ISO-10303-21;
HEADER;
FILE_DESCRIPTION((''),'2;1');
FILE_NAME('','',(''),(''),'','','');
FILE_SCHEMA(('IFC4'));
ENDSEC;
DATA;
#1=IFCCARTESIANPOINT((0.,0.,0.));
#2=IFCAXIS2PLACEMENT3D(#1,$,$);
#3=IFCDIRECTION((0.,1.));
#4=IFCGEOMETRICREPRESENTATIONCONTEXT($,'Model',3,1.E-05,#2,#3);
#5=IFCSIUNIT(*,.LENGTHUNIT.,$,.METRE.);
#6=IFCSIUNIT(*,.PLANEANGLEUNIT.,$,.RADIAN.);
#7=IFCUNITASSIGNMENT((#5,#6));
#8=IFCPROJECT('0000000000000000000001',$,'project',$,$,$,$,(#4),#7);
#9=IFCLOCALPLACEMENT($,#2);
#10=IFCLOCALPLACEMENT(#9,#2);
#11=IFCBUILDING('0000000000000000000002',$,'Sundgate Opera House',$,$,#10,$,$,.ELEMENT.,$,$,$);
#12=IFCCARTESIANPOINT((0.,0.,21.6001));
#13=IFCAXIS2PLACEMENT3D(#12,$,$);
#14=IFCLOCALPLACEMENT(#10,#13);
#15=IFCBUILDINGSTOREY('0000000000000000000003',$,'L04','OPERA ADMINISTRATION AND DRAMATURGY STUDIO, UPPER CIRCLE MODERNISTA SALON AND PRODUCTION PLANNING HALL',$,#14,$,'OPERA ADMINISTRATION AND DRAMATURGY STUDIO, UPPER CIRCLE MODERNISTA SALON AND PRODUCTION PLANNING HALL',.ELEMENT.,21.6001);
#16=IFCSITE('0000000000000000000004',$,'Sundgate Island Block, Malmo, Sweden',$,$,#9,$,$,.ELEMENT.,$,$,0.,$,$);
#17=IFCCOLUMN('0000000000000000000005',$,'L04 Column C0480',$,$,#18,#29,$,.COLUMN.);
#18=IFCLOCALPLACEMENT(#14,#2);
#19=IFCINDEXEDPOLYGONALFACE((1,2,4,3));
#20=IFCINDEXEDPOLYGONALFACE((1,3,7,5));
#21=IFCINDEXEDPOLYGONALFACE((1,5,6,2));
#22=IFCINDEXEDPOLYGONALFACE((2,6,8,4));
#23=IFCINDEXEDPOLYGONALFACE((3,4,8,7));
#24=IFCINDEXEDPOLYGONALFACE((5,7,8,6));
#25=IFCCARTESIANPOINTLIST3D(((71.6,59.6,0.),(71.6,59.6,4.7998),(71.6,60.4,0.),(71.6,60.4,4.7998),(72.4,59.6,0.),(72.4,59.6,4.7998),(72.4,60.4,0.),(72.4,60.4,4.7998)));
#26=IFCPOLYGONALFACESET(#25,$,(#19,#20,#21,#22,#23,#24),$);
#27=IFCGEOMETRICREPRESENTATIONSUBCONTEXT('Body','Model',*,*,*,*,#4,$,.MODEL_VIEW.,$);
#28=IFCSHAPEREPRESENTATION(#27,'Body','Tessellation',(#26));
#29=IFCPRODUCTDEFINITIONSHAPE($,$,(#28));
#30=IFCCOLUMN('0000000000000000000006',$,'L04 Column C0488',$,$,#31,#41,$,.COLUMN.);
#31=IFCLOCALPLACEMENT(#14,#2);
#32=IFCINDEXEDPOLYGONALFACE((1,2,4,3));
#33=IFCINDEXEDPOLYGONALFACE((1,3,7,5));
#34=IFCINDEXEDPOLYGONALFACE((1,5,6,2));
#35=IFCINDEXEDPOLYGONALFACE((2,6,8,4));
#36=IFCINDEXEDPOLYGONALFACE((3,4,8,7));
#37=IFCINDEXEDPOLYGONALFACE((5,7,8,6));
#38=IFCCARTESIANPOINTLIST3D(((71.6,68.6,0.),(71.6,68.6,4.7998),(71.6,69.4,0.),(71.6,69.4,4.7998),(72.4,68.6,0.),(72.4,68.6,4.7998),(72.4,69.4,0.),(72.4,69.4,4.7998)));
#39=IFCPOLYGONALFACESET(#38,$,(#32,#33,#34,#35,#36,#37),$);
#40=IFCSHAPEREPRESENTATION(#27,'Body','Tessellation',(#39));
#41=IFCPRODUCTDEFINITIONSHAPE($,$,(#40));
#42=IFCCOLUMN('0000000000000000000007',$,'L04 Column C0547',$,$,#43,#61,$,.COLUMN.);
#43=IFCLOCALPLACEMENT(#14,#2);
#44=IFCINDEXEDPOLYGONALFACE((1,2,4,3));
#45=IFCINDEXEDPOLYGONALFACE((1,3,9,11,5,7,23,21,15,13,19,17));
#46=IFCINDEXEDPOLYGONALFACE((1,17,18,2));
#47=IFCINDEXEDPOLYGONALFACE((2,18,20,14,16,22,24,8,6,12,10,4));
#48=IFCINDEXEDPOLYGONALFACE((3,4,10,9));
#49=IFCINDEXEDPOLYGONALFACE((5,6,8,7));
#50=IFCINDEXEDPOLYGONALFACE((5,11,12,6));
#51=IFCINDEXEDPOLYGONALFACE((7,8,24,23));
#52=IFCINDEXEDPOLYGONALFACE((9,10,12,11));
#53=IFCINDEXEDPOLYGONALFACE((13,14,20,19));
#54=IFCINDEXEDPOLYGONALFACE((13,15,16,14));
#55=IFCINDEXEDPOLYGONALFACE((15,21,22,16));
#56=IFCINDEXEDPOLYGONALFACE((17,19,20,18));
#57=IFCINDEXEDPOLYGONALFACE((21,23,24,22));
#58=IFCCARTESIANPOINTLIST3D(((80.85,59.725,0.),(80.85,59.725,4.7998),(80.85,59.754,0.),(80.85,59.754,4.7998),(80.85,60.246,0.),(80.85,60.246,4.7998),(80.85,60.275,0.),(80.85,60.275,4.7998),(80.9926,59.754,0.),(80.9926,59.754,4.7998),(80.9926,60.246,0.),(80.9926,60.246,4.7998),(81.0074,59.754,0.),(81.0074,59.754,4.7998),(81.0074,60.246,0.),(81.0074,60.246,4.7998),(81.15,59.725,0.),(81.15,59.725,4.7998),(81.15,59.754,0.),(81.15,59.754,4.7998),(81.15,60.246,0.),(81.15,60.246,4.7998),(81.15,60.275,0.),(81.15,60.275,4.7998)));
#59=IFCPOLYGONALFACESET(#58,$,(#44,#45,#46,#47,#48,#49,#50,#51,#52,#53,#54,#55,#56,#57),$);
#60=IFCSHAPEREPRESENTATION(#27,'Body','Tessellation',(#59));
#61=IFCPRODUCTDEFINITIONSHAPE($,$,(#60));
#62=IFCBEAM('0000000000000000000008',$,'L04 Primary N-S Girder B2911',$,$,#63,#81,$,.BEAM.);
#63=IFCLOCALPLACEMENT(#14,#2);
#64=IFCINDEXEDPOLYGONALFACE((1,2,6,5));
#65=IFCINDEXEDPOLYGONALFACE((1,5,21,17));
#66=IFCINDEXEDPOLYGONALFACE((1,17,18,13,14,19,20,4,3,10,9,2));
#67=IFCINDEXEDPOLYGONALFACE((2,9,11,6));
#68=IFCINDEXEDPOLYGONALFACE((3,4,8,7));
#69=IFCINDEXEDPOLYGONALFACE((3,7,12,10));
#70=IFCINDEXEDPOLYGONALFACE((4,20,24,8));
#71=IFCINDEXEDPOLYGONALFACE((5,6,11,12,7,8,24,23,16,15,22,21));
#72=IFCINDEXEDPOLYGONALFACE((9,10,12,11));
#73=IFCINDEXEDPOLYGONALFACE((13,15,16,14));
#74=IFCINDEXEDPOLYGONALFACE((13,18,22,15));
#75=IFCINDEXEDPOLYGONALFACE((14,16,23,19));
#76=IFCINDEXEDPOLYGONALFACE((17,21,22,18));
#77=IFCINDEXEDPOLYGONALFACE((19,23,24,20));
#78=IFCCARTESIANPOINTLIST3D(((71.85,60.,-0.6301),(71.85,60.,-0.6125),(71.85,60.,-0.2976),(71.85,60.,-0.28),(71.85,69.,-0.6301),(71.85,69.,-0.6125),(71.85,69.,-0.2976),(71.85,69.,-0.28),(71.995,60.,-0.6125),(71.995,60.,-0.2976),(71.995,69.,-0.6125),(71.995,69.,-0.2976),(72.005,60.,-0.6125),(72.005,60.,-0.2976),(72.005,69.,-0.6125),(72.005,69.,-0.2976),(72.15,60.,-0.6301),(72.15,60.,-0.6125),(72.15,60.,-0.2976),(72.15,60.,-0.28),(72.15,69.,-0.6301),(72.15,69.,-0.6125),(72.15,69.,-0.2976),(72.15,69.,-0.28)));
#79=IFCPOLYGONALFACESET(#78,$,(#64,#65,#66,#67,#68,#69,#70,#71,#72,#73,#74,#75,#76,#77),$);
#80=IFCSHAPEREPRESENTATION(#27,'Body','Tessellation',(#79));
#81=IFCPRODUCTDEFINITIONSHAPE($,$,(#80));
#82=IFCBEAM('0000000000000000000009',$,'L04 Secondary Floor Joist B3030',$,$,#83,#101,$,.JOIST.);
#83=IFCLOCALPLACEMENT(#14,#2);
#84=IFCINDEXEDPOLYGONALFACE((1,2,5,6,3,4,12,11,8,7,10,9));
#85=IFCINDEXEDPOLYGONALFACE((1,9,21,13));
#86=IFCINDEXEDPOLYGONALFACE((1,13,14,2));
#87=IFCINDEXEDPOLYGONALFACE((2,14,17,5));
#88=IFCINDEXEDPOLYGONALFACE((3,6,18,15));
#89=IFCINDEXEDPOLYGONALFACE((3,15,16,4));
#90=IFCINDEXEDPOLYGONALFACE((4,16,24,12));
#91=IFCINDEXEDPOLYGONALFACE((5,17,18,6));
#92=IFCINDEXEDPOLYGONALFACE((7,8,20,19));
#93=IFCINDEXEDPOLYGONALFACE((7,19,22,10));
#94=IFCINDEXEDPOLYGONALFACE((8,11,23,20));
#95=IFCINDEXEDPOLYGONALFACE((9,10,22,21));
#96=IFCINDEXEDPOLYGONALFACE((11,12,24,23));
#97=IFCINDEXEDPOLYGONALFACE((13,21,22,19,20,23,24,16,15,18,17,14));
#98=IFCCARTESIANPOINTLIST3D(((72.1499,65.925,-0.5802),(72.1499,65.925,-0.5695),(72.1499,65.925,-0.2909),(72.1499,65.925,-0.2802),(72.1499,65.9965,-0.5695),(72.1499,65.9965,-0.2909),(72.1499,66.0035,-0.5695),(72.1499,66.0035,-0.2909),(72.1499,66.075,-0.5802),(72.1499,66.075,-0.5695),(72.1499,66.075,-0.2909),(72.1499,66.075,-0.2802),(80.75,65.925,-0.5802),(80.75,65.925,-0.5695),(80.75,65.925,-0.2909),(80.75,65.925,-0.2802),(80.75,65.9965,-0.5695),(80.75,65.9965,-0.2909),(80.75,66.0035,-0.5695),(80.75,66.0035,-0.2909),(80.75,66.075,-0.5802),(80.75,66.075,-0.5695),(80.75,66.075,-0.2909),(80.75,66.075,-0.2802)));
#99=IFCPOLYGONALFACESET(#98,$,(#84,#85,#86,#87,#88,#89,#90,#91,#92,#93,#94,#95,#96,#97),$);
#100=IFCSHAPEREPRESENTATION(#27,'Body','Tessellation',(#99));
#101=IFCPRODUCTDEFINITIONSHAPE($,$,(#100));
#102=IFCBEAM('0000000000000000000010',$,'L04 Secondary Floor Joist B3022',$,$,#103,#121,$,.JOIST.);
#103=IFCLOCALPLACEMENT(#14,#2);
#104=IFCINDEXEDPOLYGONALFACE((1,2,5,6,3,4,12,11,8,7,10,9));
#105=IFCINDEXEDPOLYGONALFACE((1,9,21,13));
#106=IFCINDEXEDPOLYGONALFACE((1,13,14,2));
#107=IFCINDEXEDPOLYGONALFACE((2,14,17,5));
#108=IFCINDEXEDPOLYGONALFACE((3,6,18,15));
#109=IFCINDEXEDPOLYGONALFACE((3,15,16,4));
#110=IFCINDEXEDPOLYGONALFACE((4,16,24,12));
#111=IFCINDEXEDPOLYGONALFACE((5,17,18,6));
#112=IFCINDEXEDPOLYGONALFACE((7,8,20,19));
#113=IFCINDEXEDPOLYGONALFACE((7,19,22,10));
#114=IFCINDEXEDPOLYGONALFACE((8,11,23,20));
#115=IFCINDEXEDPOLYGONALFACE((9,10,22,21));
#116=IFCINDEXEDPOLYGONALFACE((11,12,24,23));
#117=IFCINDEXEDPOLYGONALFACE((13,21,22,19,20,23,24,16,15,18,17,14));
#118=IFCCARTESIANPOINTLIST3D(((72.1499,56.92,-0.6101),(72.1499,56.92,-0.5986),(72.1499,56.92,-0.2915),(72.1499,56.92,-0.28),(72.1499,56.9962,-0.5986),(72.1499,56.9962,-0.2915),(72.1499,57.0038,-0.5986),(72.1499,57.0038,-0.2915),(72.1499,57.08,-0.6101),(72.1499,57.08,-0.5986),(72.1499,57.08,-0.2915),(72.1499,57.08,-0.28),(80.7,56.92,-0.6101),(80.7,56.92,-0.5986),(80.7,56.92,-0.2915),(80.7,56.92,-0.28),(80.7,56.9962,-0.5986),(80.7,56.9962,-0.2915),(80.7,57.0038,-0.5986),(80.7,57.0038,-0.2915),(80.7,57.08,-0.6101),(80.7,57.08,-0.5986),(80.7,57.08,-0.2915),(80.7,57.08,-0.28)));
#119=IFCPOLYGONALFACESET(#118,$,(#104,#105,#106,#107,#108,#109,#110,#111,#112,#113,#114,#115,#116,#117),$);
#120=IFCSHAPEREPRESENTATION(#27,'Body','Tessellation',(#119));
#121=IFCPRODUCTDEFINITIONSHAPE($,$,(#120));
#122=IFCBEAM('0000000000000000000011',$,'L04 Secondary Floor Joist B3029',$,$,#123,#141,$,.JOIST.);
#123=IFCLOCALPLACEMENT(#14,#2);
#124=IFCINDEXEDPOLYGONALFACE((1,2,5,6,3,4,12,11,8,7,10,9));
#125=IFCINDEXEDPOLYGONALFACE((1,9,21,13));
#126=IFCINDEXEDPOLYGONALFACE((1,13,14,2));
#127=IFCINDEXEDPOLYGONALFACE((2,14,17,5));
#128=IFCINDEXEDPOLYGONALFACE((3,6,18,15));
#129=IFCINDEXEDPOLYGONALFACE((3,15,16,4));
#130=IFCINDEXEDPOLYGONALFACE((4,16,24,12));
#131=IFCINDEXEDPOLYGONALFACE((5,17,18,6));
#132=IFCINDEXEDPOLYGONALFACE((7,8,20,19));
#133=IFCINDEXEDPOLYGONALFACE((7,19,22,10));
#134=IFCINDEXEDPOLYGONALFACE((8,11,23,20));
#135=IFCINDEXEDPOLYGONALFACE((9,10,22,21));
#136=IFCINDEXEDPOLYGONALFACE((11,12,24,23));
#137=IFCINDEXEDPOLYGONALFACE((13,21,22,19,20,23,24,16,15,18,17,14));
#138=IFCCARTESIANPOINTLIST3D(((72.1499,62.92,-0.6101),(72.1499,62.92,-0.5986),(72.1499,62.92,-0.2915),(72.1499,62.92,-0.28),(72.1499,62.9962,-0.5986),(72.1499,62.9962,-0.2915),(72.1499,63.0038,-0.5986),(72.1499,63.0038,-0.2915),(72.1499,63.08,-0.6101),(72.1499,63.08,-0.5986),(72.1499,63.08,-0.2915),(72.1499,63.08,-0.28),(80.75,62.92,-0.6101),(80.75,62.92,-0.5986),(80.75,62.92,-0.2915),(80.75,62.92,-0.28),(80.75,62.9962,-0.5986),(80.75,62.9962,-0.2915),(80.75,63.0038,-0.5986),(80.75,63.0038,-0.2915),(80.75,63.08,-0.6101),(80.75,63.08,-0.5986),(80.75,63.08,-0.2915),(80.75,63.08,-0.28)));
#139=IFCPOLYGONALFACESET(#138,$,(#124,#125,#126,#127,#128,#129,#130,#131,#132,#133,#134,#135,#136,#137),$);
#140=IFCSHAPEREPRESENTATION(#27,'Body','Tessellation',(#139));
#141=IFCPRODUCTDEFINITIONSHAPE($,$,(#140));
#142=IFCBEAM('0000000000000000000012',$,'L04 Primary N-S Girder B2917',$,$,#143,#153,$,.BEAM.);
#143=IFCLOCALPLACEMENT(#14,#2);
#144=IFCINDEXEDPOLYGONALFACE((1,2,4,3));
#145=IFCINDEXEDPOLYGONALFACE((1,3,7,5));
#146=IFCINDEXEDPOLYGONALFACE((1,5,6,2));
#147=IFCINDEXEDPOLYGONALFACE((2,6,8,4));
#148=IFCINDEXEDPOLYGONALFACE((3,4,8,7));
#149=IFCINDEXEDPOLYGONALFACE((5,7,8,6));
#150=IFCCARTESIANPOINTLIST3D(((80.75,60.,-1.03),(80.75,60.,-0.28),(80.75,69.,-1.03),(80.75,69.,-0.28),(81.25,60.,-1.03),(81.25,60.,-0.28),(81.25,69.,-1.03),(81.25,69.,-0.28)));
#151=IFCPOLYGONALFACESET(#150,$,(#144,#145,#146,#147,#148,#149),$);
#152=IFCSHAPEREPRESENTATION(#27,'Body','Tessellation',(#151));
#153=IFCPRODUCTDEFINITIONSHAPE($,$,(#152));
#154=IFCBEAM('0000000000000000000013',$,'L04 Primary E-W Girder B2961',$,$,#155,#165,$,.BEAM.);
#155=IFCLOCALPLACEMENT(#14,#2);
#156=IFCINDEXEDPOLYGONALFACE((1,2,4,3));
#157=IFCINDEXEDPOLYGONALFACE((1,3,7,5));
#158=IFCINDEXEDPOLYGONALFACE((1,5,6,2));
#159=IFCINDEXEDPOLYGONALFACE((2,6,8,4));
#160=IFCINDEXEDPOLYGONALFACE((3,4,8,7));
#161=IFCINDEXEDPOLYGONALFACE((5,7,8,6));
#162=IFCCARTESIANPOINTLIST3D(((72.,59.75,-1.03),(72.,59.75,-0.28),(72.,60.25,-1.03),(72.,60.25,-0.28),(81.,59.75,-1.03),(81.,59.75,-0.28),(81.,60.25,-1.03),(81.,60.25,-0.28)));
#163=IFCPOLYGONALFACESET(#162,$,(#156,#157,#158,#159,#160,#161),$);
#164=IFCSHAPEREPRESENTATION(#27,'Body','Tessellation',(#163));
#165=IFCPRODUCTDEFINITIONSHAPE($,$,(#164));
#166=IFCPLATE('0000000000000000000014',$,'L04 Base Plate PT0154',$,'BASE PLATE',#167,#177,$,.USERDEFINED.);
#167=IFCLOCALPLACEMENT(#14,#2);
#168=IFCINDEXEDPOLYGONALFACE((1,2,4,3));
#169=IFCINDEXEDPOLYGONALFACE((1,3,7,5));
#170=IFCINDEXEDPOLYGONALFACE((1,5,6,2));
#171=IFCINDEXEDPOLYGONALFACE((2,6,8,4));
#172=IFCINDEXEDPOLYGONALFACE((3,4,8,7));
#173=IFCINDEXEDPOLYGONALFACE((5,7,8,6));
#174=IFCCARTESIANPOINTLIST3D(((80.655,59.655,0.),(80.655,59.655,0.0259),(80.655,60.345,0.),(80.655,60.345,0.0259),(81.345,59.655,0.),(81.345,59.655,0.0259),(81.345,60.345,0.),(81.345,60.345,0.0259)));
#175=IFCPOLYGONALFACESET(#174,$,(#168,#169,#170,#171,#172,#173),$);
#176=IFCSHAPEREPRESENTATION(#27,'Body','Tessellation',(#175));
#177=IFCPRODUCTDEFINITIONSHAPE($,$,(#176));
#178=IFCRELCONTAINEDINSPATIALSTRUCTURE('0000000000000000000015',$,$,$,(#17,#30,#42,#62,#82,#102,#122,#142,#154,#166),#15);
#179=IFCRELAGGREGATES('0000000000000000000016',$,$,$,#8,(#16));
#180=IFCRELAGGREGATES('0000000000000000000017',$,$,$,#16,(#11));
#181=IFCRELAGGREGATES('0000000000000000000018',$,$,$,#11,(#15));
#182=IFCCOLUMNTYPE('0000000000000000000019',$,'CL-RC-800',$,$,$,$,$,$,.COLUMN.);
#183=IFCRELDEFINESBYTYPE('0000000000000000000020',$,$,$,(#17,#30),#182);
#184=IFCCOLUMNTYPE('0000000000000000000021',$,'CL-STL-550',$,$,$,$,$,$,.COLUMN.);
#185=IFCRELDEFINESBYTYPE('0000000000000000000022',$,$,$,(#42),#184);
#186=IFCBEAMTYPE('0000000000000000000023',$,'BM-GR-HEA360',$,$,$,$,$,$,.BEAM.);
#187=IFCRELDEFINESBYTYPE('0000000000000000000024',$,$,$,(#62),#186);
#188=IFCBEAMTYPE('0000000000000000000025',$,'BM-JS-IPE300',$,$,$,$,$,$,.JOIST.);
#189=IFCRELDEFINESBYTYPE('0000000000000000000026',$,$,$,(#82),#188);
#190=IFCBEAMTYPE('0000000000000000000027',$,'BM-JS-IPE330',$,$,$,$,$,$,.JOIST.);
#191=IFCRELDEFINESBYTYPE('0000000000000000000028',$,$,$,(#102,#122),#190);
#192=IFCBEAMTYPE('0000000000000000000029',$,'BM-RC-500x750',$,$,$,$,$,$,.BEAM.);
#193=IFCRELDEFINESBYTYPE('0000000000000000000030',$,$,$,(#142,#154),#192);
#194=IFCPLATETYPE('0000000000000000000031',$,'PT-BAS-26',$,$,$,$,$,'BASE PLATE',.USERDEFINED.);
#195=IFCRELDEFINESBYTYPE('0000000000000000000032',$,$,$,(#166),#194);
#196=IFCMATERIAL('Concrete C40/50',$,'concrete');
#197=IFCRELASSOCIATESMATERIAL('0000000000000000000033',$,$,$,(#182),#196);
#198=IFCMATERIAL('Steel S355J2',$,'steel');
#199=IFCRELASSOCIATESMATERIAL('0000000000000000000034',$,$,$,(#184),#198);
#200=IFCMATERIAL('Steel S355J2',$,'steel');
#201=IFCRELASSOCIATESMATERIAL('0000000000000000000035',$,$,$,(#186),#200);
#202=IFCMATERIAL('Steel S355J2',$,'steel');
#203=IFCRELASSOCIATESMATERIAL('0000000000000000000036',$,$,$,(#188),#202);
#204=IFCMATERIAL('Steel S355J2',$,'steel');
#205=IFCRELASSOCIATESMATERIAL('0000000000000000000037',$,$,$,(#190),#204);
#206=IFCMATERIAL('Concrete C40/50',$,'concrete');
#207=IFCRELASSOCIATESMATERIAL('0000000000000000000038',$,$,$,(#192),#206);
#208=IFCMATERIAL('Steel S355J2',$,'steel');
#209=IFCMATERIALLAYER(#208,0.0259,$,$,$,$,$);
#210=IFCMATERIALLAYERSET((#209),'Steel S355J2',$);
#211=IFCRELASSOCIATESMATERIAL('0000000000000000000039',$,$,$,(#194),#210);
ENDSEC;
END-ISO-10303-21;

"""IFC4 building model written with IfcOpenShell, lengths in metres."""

from ifc_helpers import new_model, si_unit, direction, frame, origin, origin_2d, place, context, subcontext, project, spatial, rectangle, i_section, extrude, material, layer, layer_set, material_profile, profile_set, type_object, element, save


model = new_model("IFC4")

# Units and contexts
model_context = context("Model", 3, precision=1e-05, world=origin(), true_north=direction((0.0, 1.0)))
body_context = subcontext(model_context, "Body", "Model", "MODEL_VIEW")
ifc_project = project(units=[si_unit("LENGTHUNIT", "METRE"), si_unit("PLANEANGLEUNIT", "RADIAN")], contexts=[model_context])

# Site, building, storey
site_placement = place(None, origin())
site = spatial("IfcSite", under=ifc_project, at=site_placement, Name="Sundgate Island Block, Malmo, Sweden", CompositionType="ELEMENT", RefElevation=0.0)
building_placement = place(site_placement, origin())
building = spatial("IfcBuilding", under=site, at=building_placement, Name="Sundgate Opera House", CompositionType="ELEMENT")
storey_placement = place(building_placement, frame((0.0, 0.0, 21.6001)))
storey = spatial("IfcBuildingStorey", under=building, at=storey_placement, Name="L04", Description="OPERA ADMINISTRATION AND DRAMATURGY STUDIO, UPPER CIRCLE MODERNISTA SALON AND PRODUCTION PLANNING HALL", LongName="OPERA ADMINISTRATION AND DRAMATURGY STUDIO, UPPER CIRCLE MODERNISTA SALON AND PRODUCTION PLANNING HALL", CompositionType="ELEMENT", Elevation=21.6001)

# Columns
ifc_material_1 = material(Name="Concrete C40/50", Category="concrete")
ifc_material_profile_1 = material_profile(ifc_material_1, rectangle(XDim=0.8, YDim=0.8, at=origin_2d()), Name="RC 800x800")
ifc_profile_set_1 = profile_set([ifc_material_profile_1], Name="Concrete C40/50")
column_type_1 = type_object("IfcColumnType", Name="CL-RC-800", PredefinedType="COLUMN", material=ifc_profile_set_1)
for number, where, z_axis, x_axis, name in (
    (1, (72.0, 60.0, 0.0), (0.0, 0.0, 1.0), (1.0, 0.0, 0.0), "L04 Column C0480"),
    (2, (72.0, 69.0, 0.0), (0.0, 0.0, 1.0), (1.0, 0.0, 0.0), "L04 Column C0488"),
):
    element("IfcColumn", number, at=place(storey_placement, frame(where, z_axis=z_axis, x_axis=x_axis)), inside=storey, type_object=column_type_1, Name=name, PredefinedType="COLUMN", context=body_context, shape_type="SweptSolid", body=[
        extrude(rectangle(XDim=0.8, YDim=0.8, at=origin_2d()), origin(), (0.0, 0.0, 1.0), 4.7998),
    ])
ifc_material_2 = material(Name="Steel S355J2", Category="steel")
ifc_material_profile_2 = material_profile(ifc_material_2, i_section(OverallWidth=0.3, OverallDepth=0.55, WebThickness=0.0149, FlangeThickness=0.0291, at=origin_2d()), Name="HEB 550")
ifc_profile_set_2 = profile_set([ifc_material_profile_2], Name="Steel S355J2")
column_type_2 = type_object("IfcColumnType", Name="CL-STL-550", PredefinedType="COLUMN", material=ifc_profile_set_2)
column_placement = place(storey_placement, frame((81.0, 60.0, 0.0), z_axis=(0.0, 0.0, 1.0), x_axis=(1.0, 0.0, 0.0)))
element("IfcColumn", 3, at=column_placement, inside=storey, type_object=column_type_2, Name="L04 Column C0547", PredefinedType="COLUMN", context=body_context, shape_type="SweptSolid", body=[
    extrude(i_section(OverallWidth=0.3, OverallDepth=0.55, WebThickness=0.0149, FlangeThickness=0.0291, at=origin_2d()), origin(), (0.0, 0.0, 1.0), 4.7998),
])

# Beams
ifc_material_3 = material(Name="Steel S355J2", Category="steel")
ifc_material_profile_3 = material_profile(ifc_material_3, i_section(OverallWidth=0.3, OverallDepth=0.3501, WebThickness=0.01, FlangeThickness=0.0176, at=origin_2d()), Name="HEA 360")
ifc_profile_set_3 = profile_set([ifc_material_profile_3], Name="Steel S355J2")
beam_type_1 = type_object("IfcBeamType", Name="BM-GR-HEA360", PredefinedType="BEAM", material=ifc_profile_set_3)
beam_1_placement = place(storey_placement, frame((72.0, 60.0, -0.4551), z_axis=(0.0, 1.0, 0.0), x_axis=(-1.0, 0.0, 0.0)))
element("IfcBeam", 4, at=beam_1_placement, inside=storey, type_object=beam_type_1, Name="L04 Primary N-S Girder B2911", PredefinedType="BEAM", context=body_context, shape_type="SweptSolid", body=[
    extrude(i_section(OverallWidth=0.3, OverallDepth=0.3501, WebThickness=0.01, FlangeThickness=0.0176, at=origin_2d()), origin(), (0.0, 0.0, 1.0), 9.0),
])
ifc_material_4 = material(Name="Steel S355J2", Category="steel")
ifc_material_profile_4 = material_profile(ifc_material_4, i_section(OverallWidth=0.1499, OverallDepth=0.3, WebThickness=0.0071, FlangeThickness=0.0107, at=origin_2d()), Name="IPE 300")
ifc_profile_set_4 = profile_set([ifc_material_profile_4], Name="Steel S355J2")
beam_type_2 = type_object("IfcBeamType", Name="BM-JS-IPE300", PredefinedType="JOIST", material=ifc_profile_set_4)
beam_2_placement = place(storey_placement, frame((72.1499, 66.0, -0.4302), z_axis=(1.0, 0.0, 0.0), x_axis=(0.0, 1.0, 0.0)))
element("IfcBeam", 5, at=beam_2_placement, inside=storey, type_object=beam_type_2, Name="L04 Secondary Floor Joist B3030", PredefinedType="JOIST", context=body_context, shape_type="SweptSolid", body=[
    extrude(i_section(OverallWidth=0.1499, OverallDepth=0.3, WebThickness=0.0071, FlangeThickness=0.0107, at=origin_2d()), origin(), (0.0, 0.0, 1.0), 8.6001),
])
ifc_material_5 = material(Name="Steel S355J2", Category="steel")
ifc_material_profile_5 = material_profile(ifc_material_5, i_section(OverallWidth=0.1599, OverallDepth=0.3301, WebThickness=0.0076, FlangeThickness=0.0115, at=origin_2d()), Name="IPE 330")
ifc_profile_set_5 = profile_set([ifc_material_profile_5], Name="Steel S355J2")
beam_type_3 = type_object("IfcBeamType", Name="BM-JS-IPE330", PredefinedType="JOIST", material=ifc_profile_set_5)
beam_3_placement = place(storey_placement, frame((72.1499, 57.0, -0.4451), z_axis=(1.0, 0.0, 0.0), x_axis=(0.0, 1.0, 0.0)))
element("IfcBeam", 6, at=beam_3_placement, inside=storey, type_object=beam_type_3, Name="L04 Secondary Floor Joist B3022", PredefinedType="JOIST", context=body_context, shape_type="SweptSolid", body=[
    extrude(i_section(OverallWidth=0.1599, OverallDepth=0.3301, WebThickness=0.0076, FlangeThickness=0.0115, at=origin_2d()), origin(), (0.0, 0.0, 1.0), 8.55),
])
beam_4_placement = place(storey_placement, frame((72.1499, 63.0, -0.4451), z_axis=(1.0, 0.0, 0.0), x_axis=(0.0, 1.0, 0.0)))
element("IfcBeam", 7, at=beam_4_placement, inside=storey, type_object=beam_type_3, Name="L04 Secondary Floor Joist B3029", PredefinedType="JOIST", context=body_context, shape_type="SweptSolid", body=[
    extrude(i_section(OverallWidth=0.1599, OverallDepth=0.3301, WebThickness=0.0076, FlangeThickness=0.0115, at=origin_2d()), origin(), (0.0, 0.0, 1.0), 8.6001),
])
ifc_material_6 = material(Name="Concrete C40/50", Category="concrete")
ifc_material_profile_6 = material_profile(ifc_material_6, rectangle(XDim=0.5, YDim=0.75, at=origin_2d()), Name="RC 500x750")
ifc_profile_set_6 = profile_set([ifc_material_profile_6], Name="Concrete C40/50")
beam_type_4 = type_object("IfcBeamType", Name="BM-RC-500x750", PredefinedType="BEAM", material=ifc_profile_set_6)
for number, where, z_axis, x_axis, name in (
    (8, (81.0, 60.0, -0.655), (0.0, 1.0, 0.0), (-1.0, 0.0, 0.0), "L04 Primary N-S Girder B2917"),
    (9, (72.0, 60.0, -0.655), (1.0, 0.0, 0.0), (0.0, 1.0, 0.0), "L04 Primary E-W Girder B2961"),
):
    element("IfcBeam", number, at=place(storey_placement, frame(where, z_axis=z_axis, x_axis=x_axis)), inside=storey, type_object=beam_type_4, Name=name, PredefinedType="BEAM", context=body_context, shape_type="SweptSolid", body=[
        extrude(rectangle(XDim=0.5, YDim=0.75, at=origin_2d()), origin(), (0.0, 0.0, 1.0), 9.0),
    ])

# Plate
ifc_material_7 = material(Name="Steel S355J2", Category="steel")
ifc_layer_1 = layer(ifc_material_7, 0.0259)
ifc_layer_set_1 = layer_set([ifc_layer_1], Name="Steel S355J2")
plate_type = type_object("IfcPlateType", Name="PT-BAS-26", ElementType="BASE PLATE", PredefinedType="USERDEFINED", material=ifc_layer_set_1)
plate_placement = place(storey_placement, frame((81.0, 60.0, 0.0), z_axis=(0.0, 0.0, 1.0), x_axis=(1.0, 0.0, 0.0)))
element("IfcPlate", 10, at=plate_placement, inside=storey, type_object=plate_type, Name="L04 Base Plate PT0154", ObjectType="BASE PLATE", PredefinedType="USERDEFINED", context=body_context, shape_type="SweptSolid", body=[
    extrude(rectangle(XDim=0.6899, YDim=0.6899, at=origin_2d()), origin(), (0.0, 0.0, 1.0), 0.0259),
])

save(model, "model.ifc")
